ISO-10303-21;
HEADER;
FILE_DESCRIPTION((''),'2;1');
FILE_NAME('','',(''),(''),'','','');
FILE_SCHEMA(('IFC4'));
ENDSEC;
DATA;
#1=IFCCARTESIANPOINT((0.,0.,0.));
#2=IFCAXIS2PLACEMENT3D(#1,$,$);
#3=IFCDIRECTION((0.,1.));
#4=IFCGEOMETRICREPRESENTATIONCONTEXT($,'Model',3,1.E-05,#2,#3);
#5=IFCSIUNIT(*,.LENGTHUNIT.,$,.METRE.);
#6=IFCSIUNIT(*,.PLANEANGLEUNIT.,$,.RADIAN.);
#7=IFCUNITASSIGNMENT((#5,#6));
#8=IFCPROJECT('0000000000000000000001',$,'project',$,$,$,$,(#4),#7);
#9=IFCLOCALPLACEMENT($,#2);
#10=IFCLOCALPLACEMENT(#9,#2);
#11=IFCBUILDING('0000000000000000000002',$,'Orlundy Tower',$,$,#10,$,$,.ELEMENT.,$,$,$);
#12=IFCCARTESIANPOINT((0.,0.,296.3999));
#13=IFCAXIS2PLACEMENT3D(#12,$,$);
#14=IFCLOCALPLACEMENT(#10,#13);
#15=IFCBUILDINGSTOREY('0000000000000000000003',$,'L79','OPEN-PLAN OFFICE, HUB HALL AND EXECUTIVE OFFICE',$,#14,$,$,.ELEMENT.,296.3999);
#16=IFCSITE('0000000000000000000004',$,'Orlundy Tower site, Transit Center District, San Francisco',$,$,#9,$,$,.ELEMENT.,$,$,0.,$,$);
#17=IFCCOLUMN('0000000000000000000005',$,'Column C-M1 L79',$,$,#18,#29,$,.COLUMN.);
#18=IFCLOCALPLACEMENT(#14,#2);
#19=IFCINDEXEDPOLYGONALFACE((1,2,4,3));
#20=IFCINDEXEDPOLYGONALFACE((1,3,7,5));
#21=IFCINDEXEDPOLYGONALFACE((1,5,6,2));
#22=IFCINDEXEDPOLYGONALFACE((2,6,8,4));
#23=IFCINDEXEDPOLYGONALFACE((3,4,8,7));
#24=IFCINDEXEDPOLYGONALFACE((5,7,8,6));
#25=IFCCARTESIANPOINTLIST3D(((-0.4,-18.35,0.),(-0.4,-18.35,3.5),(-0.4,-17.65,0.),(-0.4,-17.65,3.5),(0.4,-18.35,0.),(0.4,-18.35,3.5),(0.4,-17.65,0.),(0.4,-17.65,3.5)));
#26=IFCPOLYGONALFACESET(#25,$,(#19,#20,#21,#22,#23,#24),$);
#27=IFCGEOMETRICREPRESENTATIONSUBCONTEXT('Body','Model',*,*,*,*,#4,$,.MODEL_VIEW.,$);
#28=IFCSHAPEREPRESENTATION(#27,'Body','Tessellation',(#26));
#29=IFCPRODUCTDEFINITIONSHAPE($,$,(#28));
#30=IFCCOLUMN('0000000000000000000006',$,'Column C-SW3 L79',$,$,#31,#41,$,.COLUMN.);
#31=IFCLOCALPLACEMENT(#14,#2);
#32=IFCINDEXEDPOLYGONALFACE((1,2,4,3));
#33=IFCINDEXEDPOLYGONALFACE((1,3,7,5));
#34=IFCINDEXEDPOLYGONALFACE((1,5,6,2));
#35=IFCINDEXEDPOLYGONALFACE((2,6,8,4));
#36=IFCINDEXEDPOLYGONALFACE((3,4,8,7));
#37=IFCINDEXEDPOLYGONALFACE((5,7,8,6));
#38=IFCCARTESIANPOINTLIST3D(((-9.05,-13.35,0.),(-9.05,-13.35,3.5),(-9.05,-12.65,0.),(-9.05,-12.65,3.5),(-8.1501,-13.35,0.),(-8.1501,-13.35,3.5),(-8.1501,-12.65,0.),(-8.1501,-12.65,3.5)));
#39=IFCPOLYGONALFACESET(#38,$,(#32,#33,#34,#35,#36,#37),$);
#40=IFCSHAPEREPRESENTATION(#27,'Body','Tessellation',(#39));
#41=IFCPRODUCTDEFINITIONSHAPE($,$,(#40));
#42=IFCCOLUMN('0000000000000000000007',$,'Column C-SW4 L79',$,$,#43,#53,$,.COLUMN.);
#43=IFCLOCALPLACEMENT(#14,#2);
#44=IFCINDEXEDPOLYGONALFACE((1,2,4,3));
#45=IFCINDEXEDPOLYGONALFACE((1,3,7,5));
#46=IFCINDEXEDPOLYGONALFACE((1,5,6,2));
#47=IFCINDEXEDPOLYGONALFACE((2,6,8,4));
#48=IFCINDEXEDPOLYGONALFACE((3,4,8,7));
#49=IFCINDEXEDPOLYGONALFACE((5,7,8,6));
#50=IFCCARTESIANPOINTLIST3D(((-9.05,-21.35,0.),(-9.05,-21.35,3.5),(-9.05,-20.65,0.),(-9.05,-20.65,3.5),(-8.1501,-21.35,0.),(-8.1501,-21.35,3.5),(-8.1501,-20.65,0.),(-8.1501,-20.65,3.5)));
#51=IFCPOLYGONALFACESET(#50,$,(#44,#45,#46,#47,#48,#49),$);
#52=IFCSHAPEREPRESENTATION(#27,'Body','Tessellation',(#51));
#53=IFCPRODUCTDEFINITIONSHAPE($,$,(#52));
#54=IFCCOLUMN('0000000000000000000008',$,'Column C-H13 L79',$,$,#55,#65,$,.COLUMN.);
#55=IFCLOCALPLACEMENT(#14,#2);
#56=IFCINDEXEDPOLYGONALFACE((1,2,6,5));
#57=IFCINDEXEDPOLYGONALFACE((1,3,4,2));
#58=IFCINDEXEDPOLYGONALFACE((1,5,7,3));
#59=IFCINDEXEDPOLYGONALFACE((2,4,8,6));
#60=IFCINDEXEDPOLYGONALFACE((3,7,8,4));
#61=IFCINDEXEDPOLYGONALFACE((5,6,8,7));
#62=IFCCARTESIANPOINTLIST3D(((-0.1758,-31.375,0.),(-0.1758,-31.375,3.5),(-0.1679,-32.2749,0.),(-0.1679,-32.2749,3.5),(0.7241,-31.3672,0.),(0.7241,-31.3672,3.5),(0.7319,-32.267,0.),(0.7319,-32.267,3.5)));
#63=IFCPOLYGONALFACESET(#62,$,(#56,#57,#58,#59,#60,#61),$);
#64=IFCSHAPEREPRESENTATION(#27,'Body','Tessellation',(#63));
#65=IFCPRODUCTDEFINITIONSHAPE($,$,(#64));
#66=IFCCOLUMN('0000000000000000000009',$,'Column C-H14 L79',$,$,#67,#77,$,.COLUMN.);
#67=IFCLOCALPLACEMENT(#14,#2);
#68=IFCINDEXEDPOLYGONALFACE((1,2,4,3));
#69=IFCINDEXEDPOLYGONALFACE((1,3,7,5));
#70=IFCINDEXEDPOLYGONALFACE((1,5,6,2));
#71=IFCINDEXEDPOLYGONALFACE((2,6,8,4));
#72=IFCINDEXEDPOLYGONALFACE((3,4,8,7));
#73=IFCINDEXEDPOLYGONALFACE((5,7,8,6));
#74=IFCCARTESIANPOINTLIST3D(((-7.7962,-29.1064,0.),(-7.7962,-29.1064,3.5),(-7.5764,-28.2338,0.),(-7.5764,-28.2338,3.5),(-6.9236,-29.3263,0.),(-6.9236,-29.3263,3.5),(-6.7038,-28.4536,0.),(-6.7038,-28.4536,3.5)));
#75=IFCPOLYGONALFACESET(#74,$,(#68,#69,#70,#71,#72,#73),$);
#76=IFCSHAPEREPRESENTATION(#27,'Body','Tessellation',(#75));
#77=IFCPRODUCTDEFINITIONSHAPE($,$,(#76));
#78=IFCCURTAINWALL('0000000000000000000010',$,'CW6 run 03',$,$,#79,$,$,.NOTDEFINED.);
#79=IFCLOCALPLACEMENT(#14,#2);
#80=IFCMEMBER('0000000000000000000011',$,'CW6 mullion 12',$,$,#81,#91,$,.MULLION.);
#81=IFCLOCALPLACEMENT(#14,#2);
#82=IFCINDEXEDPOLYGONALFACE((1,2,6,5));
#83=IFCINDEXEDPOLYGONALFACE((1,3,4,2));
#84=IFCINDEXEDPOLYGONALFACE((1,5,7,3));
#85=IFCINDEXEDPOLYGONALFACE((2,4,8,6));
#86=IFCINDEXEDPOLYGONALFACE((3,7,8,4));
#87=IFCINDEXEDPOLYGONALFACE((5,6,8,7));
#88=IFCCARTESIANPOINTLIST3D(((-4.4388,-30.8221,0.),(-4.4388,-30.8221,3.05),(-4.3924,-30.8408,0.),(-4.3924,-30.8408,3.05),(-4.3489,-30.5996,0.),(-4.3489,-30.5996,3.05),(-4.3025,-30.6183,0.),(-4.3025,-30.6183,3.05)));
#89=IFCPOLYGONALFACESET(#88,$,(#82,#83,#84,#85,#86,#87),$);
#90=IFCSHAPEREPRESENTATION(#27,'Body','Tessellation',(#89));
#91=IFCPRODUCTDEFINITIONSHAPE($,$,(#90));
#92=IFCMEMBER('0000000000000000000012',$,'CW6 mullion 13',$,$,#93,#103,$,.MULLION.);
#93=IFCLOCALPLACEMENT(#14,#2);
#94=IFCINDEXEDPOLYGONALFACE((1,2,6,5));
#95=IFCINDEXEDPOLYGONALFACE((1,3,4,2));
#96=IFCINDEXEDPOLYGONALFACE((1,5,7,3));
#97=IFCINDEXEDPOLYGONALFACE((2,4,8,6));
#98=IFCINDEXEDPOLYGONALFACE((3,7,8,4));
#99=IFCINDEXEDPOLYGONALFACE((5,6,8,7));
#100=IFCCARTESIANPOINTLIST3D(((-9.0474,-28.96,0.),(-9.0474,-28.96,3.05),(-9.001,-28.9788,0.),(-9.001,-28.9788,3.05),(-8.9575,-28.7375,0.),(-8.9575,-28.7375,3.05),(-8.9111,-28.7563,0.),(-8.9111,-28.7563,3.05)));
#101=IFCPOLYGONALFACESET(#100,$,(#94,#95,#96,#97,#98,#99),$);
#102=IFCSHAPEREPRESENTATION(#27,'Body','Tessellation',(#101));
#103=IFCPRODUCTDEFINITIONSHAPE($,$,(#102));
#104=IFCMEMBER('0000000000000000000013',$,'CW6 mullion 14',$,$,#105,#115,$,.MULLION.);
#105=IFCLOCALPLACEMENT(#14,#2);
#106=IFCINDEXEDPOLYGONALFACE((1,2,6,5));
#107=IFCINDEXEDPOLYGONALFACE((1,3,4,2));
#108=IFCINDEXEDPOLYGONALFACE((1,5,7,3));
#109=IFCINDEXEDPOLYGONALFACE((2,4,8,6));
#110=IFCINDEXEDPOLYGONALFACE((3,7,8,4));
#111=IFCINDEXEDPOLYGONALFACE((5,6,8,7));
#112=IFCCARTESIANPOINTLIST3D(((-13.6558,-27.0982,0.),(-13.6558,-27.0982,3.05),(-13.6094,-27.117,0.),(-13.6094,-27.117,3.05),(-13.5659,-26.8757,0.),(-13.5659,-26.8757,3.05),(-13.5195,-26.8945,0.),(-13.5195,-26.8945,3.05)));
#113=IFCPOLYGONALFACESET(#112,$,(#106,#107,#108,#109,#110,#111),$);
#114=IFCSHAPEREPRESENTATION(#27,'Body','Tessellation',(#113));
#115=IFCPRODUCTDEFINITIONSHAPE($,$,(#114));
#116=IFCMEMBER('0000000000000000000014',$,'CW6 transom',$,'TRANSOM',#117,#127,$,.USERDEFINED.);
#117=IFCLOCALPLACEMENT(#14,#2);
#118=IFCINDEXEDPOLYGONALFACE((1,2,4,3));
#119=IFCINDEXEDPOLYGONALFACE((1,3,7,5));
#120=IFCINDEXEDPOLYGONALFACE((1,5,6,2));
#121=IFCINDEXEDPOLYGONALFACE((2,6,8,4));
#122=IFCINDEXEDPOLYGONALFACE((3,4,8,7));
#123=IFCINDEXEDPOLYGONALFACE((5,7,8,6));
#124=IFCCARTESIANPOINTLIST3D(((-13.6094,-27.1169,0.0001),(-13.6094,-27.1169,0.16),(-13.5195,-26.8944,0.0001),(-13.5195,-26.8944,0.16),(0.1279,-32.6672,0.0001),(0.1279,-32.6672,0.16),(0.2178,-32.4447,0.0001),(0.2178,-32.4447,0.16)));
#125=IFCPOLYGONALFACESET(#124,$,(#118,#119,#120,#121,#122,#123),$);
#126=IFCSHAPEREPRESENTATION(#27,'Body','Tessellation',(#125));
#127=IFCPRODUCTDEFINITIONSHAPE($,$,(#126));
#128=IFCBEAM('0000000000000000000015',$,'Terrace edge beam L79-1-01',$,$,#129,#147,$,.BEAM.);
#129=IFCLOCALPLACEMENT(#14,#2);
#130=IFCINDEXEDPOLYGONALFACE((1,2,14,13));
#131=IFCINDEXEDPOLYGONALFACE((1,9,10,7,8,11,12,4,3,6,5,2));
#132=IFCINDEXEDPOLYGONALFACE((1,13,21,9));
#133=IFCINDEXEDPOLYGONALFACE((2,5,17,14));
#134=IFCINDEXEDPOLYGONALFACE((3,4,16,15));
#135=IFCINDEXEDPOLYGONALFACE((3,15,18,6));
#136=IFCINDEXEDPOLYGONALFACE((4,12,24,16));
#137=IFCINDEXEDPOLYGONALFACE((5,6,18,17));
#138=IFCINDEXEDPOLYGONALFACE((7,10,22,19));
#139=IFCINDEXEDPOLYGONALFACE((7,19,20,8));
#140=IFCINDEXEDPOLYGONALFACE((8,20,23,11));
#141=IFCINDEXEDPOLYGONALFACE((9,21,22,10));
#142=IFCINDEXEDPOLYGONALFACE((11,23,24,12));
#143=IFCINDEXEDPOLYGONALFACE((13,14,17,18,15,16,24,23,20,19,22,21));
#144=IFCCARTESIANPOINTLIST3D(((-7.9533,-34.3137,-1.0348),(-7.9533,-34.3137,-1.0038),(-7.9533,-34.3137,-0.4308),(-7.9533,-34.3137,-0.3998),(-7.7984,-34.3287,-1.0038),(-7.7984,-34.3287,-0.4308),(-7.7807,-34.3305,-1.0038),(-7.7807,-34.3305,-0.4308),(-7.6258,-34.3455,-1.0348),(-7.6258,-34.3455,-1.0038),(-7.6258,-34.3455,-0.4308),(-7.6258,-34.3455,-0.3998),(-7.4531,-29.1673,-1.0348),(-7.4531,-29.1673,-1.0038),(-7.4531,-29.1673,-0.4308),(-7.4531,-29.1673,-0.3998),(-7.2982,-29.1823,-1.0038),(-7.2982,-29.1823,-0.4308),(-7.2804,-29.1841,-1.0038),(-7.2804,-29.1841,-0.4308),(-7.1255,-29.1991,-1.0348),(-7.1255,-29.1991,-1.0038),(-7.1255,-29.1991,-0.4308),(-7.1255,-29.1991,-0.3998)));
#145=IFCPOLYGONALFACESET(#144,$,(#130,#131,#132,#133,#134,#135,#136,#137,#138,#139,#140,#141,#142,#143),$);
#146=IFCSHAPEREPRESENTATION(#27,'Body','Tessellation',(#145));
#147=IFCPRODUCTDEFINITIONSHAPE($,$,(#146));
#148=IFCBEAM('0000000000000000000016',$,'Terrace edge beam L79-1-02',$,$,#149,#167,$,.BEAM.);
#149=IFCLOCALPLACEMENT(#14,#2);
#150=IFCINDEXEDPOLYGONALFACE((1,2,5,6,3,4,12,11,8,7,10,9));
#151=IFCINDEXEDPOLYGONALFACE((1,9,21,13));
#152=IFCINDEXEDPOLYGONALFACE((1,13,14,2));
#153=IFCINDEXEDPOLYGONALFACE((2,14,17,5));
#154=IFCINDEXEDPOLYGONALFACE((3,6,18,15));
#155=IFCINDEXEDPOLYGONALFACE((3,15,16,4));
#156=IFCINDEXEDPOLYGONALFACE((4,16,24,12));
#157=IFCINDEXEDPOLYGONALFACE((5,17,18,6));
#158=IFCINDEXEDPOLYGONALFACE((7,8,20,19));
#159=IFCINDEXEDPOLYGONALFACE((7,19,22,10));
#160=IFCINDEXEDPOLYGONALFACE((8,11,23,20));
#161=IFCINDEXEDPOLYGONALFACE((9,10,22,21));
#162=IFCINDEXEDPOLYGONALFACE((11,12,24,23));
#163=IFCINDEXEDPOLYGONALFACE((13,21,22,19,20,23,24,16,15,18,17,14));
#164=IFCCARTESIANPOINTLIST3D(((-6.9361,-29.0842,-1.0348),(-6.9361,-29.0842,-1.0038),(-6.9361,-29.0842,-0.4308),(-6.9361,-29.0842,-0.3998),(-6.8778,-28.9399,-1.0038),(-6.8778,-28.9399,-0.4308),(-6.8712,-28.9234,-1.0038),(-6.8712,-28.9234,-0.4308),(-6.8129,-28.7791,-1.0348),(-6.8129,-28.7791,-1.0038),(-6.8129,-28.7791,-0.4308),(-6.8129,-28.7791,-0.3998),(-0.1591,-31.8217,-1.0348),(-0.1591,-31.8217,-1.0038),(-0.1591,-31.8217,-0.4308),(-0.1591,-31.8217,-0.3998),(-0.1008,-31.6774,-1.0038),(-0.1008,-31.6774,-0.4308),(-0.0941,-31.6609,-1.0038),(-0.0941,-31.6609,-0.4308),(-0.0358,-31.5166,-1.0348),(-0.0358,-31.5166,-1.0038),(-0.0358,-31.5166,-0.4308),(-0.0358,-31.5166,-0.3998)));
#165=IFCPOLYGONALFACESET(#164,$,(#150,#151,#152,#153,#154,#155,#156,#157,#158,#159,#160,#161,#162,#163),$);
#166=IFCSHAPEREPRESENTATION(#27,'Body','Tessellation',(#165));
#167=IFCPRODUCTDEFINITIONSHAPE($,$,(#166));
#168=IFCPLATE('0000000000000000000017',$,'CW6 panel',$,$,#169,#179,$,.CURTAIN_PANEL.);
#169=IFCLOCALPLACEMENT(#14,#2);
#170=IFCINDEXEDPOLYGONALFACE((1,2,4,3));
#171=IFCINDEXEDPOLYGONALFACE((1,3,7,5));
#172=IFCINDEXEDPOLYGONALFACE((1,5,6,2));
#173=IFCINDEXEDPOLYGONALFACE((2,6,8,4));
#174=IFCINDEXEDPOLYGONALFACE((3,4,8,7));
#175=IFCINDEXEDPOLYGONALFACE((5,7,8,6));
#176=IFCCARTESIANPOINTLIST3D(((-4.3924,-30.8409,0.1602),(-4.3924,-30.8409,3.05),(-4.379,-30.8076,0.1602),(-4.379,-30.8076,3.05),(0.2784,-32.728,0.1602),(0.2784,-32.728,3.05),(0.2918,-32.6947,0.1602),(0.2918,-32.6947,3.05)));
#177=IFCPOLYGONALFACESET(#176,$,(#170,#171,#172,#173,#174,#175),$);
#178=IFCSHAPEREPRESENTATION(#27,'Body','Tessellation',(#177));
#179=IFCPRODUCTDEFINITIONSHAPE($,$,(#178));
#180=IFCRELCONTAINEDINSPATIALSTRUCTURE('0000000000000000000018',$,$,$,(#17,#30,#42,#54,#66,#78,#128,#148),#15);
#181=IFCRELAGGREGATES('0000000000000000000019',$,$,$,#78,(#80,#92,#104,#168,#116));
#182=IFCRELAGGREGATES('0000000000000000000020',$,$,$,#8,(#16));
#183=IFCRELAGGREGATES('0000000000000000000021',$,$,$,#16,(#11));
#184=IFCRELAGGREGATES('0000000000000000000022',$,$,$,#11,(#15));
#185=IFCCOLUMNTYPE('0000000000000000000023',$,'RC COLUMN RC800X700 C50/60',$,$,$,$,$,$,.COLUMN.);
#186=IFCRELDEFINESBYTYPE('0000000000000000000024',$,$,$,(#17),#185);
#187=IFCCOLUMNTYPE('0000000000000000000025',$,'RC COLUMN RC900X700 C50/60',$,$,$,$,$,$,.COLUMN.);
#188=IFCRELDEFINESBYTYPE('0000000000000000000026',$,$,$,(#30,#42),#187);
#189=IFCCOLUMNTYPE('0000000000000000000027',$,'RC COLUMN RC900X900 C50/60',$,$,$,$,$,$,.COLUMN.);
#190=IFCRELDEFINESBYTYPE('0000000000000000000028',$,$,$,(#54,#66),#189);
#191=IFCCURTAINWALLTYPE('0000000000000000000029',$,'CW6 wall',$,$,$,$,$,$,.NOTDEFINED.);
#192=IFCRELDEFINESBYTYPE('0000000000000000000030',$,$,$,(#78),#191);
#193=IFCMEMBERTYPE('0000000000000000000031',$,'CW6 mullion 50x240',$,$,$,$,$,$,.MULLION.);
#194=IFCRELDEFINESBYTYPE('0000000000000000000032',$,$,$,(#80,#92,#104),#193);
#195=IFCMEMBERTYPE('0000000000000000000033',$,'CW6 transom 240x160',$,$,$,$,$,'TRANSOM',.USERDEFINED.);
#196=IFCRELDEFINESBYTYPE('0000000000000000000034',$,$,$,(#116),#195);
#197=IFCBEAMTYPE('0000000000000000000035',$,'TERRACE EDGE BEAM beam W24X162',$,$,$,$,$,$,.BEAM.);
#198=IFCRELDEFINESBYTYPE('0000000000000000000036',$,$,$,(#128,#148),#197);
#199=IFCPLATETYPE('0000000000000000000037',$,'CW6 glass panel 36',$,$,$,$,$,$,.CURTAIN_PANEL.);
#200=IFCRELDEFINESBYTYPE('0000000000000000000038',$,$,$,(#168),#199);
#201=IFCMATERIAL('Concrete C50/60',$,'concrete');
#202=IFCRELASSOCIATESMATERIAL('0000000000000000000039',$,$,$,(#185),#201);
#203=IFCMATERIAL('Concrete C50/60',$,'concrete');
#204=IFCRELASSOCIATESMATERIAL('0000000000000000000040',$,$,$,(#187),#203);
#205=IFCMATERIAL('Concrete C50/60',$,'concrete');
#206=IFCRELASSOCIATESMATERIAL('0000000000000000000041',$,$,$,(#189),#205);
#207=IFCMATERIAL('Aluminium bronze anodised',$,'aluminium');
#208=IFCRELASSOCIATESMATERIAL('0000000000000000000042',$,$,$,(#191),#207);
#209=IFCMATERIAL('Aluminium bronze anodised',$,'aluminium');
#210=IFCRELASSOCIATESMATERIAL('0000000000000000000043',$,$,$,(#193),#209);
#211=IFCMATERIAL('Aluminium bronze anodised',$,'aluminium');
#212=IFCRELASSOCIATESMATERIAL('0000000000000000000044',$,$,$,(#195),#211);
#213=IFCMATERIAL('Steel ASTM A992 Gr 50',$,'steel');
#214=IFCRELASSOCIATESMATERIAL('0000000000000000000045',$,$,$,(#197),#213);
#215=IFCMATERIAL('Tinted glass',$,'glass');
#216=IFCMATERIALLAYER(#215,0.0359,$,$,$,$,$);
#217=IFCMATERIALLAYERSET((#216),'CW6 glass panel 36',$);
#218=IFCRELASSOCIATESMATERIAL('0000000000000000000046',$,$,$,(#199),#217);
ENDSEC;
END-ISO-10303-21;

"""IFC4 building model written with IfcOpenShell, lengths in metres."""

from ifc_helpers import new_model, si_unit, direction, frame, origin, origin_2d, place, context, subcontext, project, spatial, rectangle, i_section, extrude, material, layer, layer_set, material_profile, profile_set, type_object, element, aggregate, save


model = new_model("IFC4")

# Units and contexts
model_context = context("Model", 3, precision=1e-05, world=origin(), true_north=direction((0.0, 1.0)))
body_context = subcontext(model_context, "Body", "Model", "MODEL_VIEW")
ifc_project = project(units=[si_unit("LENGTHUNIT", "METRE"), si_unit("PLANEANGLEUNIT", "RADIAN")], contexts=[model_context])

# Site, building, storey
site_placement = place(None, origin())
site = spatial("IfcSite", under=ifc_project, at=site_placement, Name="Orlundy Tower site, Transit Center District, San Francisco", CompositionType="ELEMENT", RefElevation=0.0)
building_placement = place(site_placement, origin())
building = spatial("IfcBuilding", under=site, at=building_placement, Name="Orlundy Tower", CompositionType="ELEMENT")
storey_placement = place(building_placement, frame((0.0, 0.0, 296.3999)))
storey = spatial("IfcBuildingStorey", under=building, at=storey_placement, Name="L79", Description="OPEN-PLAN OFFICE, HUB HALL AND EXECUTIVE OFFICE", CompositionType="ELEMENT", Elevation=296.3999)

# Columns
ifc_material_1 = material(Name="Concrete C50/60", Category="concrete")
ifc_material_profile_1 = material_profile(ifc_material_1, rectangle(XDim=0.8, YDim=0.7, at=origin_2d()), Name="RC800X700")
ifc_profile_set_1 = profile_set([ifc_material_profile_1], Name="Concrete C50/60")
column_type_1 = type_object("IfcColumnType", Name="RC COLUMN RC800X700 C50/60", PredefinedType="COLUMN", material=ifc_profile_set_1)
column_placement = place(storey_placement, frame((0.0, -18.0, 0.0), z_axis=(0.0, 0.0, 1.0), x_axis=(1.0, 0.0, 0.0)))
element("IfcColumn", 1, at=column_placement, inside=storey, type_object=column_type_1, Name="Column C-M1 L79", PredefinedType="COLUMN", context=body_context, shape_type="SweptSolid", body=[
    extrude(rectangle(XDim=0.8, YDim=0.7, at=origin_2d()), origin(), (0.0, 0.0, 1.0), 3.5),
])
ifc_material_2 = material(Name="Concrete C50/60", Category="concrete")
ifc_material_profile_2 = material_profile(ifc_material_2, rectangle(XDim=0.8999, YDim=0.7, at=origin_2d()), Name="RC900X700")
ifc_profile_set_2 = profile_set([ifc_material_profile_2], Name="Concrete C50/60")
column_type_2 = type_object("IfcColumnType", Name="RC COLUMN RC900X700 C50/60", PredefinedType="COLUMN", material=ifc_profile_set_2)
for number, where, z_axis, x_axis, name in (
    (2, (-8.6001, -13.0, 0.0), (0.0, 0.0, 1.0), (1.0, 0.0, 0.0), "Column C-SW3 L79"),
    (3, (-8.6001, -21.0, 0.0), (0.0, 0.0, 1.0), (1.0, 0.0, 0.0), "Column C-SW4 L79"),
):
    element("IfcColumn", number, at=place(storey_placement, frame(where, z_axis=z_axis, x_axis=x_axis)), inside=storey, type_object=column_type_2, Name=name, PredefinedType="COLUMN", context=body_context, shape_type="SweptSolid", body=[
        extrude(rectangle(XDim=0.8999, YDim=0.7, at=origin_2d()), origin(), (0.0, 0.0, 1.0), 3.5),
    ])
ifc_material_3 = material(Name="Concrete C50/60", Category="concrete")
ifc_material_profile_3 = material_profile(ifc_material_3, rectangle(XDim=0.8999, YDim=0.8999, at=origin_2d()), Name="RC900X900")
ifc_profile_set_3 = profile_set([ifc_material_profile_3], Name="Concrete C50/60")
column_type_3 = type_object("IfcColumnType", Name="RC COLUMN RC900X900 C50/60", PredefinedType="COLUMN", material=ifc_profile_set_3)
for number, where, z_axis, x_axis, name in (
    (4, (0.2781, -31.821, 0.0), (0.0, 0.0, 1.0), (0.008744, -0.999962, 0.0), "Column C-H13 L79"),
    (5, (-7.25, -28.78, 0.0), (0.0, 0.0, 1.0), (-0.244275, -0.969706, 0.0), "Column C-H14 L79"),
):
    element("IfcColumn", number, at=place(storey_placement, frame(where, z_axis=z_axis, x_axis=x_axis)), inside=storey, type_object=column_type_3, Name=name, PredefinedType="COLUMN", context=body_context, shape_type="SweptSolid", body=[
        extrude(rectangle(XDim=0.8999, YDim=0.8999, at=origin_2d()), origin(), (0.0, 0.0, 1.0), 3.5),
    ])

# Curtain wall, members
ifc_material_4 = material(Name="Aluminium bronze anodised", Category="aluminium")
curtain_wall_type = type_object("IfcCurtainWallType", Name="CW6 wall", PredefinedType="NOTDEFINED", material=ifc_material_4)
curtain_wall_placement = place(storey_placement, origin())
curtain_wall = element("IfcCurtainWall", 6, at=curtain_wall_placement, inside=storey, type_object=curtain_wall_type, Name="CW6 run 03", PredefinedType="NOTDEFINED")
ifc_material_5 = material(Name="Aluminium bronze anodised", Category="aluminium")
ifc_material_profile_4 = material_profile(ifc_material_5, rectangle(XDim=0.24, YDim=0.05, at=origin_2d()), Name="CW6 mullion 50x240")
ifc_profile_set_4 = profile_set([ifc_material_profile_4], Name="Aluminium bronze anodised")
member_type_1 = type_object("IfcMemberType", Name="CW6 mullion 50x240", PredefinedType="MULLION", material=ifc_profile_set_4)
member_1_placement = place(storey_placement, frame((-4.3706, -30.7202, 0.0), z_axis=(0.0, 0.0, 1.0), x_axis=(-0.374607, -0.927184, 0.0)))
member_1 = element("IfcMember", 7, at=member_1_placement, type_object=member_type_1, Name="CW6 mullion 12", PredefinedType="MULLION", context=body_context, shape_type="SweptSolid", body=[
    extrude(rectangle(XDim=0.24, YDim=0.05, at=origin_2d()), origin(), (0.0, 0.0, 1.0), 3.05),
])
member_2_placement = place(storey_placement, frame((-8.9792, -28.8582, 0.0), z_axis=(0.0, 0.0, 1.0), x_axis=(-0.374607, -0.927184, 0.0)))
member_2 = element("IfcMember", 8, at=member_2_placement, type_object=member_type_1, Name="CW6 mullion 13", PredefinedType="MULLION", context=body_context, shape_type="SweptSolid", body=[
    extrude(rectangle(XDim=0.24, YDim=0.05, at=origin_2d()), origin(), (0.0, 0.0, 1.0), 3.05),
])
member_3_placement = place(storey_placement, frame((-13.5876, -26.9963, 0.0), z_axis=(0.0, 0.0, 1.0), x_axis=(-0.374607, -0.927184, 0.0)))
member_3 = element("IfcMember", 9, at=member_3_placement, type_object=member_type_1, Name="CW6 mullion 14", PredefinedType="MULLION", context=body_context, shape_type="SweptSolid", body=[
    extrude(rectangle(XDim=0.24, YDim=0.05, at=origin_2d()), origin(), (0.0, 0.0, 1.0), 3.05),
])
ifc_material_6 = material(Name="Aluminium bronze anodised", Category="aluminium")
ifc_material_profile_5 = material_profile(ifc_material_6, rectangle(XDim=0.24, YDim=0.1599, at=origin_2d()), Name="CW6 transom 240x160")
ifc_profile_set_5 = profile_set([ifc_material_profile_5], Name="Aluminium bronze anodised")
member_type_2 = type_object("IfcMemberType", Name="CW6 transom 240x160", ElementType="TRANSOM", PredefinedType="USERDEFINED", material=ifc_profile_set_5)
member_4_placement = place(storey_placement, frame((0.1729, -32.5559, 0.0801), z_axis=(-0.927182, 0.37461, 0.0), x_axis=(-0.37461, -0.927182, 0.0)))
member_4 = element("IfcMember", 10, at=member_4_placement, type_object=member_type_2, Name="CW6 transom", ObjectType="TRANSOM", PredefinedType="USERDEFINED", context=body_context, shape_type="SweptSolid", body=[
    extrude(rectangle(XDim=0.24, YDim=0.1599, at=origin_2d()), origin(), (0.0, 0.0, 1.0), 14.8162),
])

# Beams
ifc_material_7 = material(Name="Steel ASTM A992 Gr 50", Category="steel")
ifc_material_profile_6 = material_profile(ifc_material_7, i_section(OverallWidth=0.3291, OverallDepth=0.635, WebThickness=0.0178, FlangeThickness=0.031, at=origin_2d()), Name="W24X162")
ifc_profile_set_6 = profile_set([ifc_material_profile_6], Name="Steel ASTM A992 Gr 50")
beam_type = type_object("IfcBeamType", Name="TERRACE EDGE BEAM beam W24X162", PredefinedType="BEAM", material=ifc_profile_set_6)
beam_1_placement = place(storey_placement, frame((-7.7896, -34.3296, -0.7173), z_axis=(0.096745, 0.995309, 0.0), x_axis=(-0.995309, 0.096745, 0.0)))
element("IfcBeam", 11, at=beam_1_placement, inside=storey, type_object=beam_type, Name="Terrace edge beam L79-1-01", PredefinedType="BEAM", context=body_context, shape_type="SweptSolid", body=[
    extrude(i_section(OverallWidth=0.3291, OverallDepth=0.635, WebThickness=0.0178, FlangeThickness=0.031, at=origin_2d()), origin(), (0.0, 0.0, 1.0), 5.1707),
])
beam_2_placement = place(storey_placement, frame((-6.8745, -28.9316, -0.7173), z_axis=(0.927211, -0.374539, 0.0), x_axis=(0.374539, 0.927211, 0.0)))
element("IfcBeam", 12, at=beam_2_placement, inside=storey, type_object=beam_type, Name="Terrace edge beam L79-1-02", PredefinedType="BEAM", context=body_context, shape_type="SweptSolid", body=[
    extrude(i_section(OverallWidth=0.3291, OverallDepth=0.635, WebThickness=0.0178, FlangeThickness=0.031, at=origin_2d()), origin(), (0.0, 0.0, 1.0), 7.3091),
])

# Plate
ifc_material_8 = material(Name="Tinted glass", Category="glass")
ifc_layer_1 = layer(ifc_material_8, 0.0359)
ifc_layer_set_1 = layer_set([ifc_layer_1], Name="CW6 glass panel 36")
plate_type = type_object("IfcPlateType", Name="CW6 glass panel 36", PredefinedType="CURTAIN_PANEL", material=ifc_layer_set_1)
plate_1_placement = place(storey_placement, frame((-2.0503, -31.7678, 0.1602), z_axis=(0.0, 0.0, 1.0), x_axis=(-0.927184, 0.374607, 0.0)))
plate_1 = element("IfcPlate", 13, at=plate_1_placement, type_object=plate_type, Name="CW6 panel", PredefinedType="CURTAIN_PANEL", context=body_context, shape_type="SweptSolid", body=[
    extrude(rectangle(XDim=5.0376, YDim=0.0359, at=origin_2d()), origin(), (0.0, 0.0, 1.0), 2.8899),
])
aggregate(curtain_wall, [member_1, member_2, member_3, plate_1, member_4])

save(model, "model.ifc")
